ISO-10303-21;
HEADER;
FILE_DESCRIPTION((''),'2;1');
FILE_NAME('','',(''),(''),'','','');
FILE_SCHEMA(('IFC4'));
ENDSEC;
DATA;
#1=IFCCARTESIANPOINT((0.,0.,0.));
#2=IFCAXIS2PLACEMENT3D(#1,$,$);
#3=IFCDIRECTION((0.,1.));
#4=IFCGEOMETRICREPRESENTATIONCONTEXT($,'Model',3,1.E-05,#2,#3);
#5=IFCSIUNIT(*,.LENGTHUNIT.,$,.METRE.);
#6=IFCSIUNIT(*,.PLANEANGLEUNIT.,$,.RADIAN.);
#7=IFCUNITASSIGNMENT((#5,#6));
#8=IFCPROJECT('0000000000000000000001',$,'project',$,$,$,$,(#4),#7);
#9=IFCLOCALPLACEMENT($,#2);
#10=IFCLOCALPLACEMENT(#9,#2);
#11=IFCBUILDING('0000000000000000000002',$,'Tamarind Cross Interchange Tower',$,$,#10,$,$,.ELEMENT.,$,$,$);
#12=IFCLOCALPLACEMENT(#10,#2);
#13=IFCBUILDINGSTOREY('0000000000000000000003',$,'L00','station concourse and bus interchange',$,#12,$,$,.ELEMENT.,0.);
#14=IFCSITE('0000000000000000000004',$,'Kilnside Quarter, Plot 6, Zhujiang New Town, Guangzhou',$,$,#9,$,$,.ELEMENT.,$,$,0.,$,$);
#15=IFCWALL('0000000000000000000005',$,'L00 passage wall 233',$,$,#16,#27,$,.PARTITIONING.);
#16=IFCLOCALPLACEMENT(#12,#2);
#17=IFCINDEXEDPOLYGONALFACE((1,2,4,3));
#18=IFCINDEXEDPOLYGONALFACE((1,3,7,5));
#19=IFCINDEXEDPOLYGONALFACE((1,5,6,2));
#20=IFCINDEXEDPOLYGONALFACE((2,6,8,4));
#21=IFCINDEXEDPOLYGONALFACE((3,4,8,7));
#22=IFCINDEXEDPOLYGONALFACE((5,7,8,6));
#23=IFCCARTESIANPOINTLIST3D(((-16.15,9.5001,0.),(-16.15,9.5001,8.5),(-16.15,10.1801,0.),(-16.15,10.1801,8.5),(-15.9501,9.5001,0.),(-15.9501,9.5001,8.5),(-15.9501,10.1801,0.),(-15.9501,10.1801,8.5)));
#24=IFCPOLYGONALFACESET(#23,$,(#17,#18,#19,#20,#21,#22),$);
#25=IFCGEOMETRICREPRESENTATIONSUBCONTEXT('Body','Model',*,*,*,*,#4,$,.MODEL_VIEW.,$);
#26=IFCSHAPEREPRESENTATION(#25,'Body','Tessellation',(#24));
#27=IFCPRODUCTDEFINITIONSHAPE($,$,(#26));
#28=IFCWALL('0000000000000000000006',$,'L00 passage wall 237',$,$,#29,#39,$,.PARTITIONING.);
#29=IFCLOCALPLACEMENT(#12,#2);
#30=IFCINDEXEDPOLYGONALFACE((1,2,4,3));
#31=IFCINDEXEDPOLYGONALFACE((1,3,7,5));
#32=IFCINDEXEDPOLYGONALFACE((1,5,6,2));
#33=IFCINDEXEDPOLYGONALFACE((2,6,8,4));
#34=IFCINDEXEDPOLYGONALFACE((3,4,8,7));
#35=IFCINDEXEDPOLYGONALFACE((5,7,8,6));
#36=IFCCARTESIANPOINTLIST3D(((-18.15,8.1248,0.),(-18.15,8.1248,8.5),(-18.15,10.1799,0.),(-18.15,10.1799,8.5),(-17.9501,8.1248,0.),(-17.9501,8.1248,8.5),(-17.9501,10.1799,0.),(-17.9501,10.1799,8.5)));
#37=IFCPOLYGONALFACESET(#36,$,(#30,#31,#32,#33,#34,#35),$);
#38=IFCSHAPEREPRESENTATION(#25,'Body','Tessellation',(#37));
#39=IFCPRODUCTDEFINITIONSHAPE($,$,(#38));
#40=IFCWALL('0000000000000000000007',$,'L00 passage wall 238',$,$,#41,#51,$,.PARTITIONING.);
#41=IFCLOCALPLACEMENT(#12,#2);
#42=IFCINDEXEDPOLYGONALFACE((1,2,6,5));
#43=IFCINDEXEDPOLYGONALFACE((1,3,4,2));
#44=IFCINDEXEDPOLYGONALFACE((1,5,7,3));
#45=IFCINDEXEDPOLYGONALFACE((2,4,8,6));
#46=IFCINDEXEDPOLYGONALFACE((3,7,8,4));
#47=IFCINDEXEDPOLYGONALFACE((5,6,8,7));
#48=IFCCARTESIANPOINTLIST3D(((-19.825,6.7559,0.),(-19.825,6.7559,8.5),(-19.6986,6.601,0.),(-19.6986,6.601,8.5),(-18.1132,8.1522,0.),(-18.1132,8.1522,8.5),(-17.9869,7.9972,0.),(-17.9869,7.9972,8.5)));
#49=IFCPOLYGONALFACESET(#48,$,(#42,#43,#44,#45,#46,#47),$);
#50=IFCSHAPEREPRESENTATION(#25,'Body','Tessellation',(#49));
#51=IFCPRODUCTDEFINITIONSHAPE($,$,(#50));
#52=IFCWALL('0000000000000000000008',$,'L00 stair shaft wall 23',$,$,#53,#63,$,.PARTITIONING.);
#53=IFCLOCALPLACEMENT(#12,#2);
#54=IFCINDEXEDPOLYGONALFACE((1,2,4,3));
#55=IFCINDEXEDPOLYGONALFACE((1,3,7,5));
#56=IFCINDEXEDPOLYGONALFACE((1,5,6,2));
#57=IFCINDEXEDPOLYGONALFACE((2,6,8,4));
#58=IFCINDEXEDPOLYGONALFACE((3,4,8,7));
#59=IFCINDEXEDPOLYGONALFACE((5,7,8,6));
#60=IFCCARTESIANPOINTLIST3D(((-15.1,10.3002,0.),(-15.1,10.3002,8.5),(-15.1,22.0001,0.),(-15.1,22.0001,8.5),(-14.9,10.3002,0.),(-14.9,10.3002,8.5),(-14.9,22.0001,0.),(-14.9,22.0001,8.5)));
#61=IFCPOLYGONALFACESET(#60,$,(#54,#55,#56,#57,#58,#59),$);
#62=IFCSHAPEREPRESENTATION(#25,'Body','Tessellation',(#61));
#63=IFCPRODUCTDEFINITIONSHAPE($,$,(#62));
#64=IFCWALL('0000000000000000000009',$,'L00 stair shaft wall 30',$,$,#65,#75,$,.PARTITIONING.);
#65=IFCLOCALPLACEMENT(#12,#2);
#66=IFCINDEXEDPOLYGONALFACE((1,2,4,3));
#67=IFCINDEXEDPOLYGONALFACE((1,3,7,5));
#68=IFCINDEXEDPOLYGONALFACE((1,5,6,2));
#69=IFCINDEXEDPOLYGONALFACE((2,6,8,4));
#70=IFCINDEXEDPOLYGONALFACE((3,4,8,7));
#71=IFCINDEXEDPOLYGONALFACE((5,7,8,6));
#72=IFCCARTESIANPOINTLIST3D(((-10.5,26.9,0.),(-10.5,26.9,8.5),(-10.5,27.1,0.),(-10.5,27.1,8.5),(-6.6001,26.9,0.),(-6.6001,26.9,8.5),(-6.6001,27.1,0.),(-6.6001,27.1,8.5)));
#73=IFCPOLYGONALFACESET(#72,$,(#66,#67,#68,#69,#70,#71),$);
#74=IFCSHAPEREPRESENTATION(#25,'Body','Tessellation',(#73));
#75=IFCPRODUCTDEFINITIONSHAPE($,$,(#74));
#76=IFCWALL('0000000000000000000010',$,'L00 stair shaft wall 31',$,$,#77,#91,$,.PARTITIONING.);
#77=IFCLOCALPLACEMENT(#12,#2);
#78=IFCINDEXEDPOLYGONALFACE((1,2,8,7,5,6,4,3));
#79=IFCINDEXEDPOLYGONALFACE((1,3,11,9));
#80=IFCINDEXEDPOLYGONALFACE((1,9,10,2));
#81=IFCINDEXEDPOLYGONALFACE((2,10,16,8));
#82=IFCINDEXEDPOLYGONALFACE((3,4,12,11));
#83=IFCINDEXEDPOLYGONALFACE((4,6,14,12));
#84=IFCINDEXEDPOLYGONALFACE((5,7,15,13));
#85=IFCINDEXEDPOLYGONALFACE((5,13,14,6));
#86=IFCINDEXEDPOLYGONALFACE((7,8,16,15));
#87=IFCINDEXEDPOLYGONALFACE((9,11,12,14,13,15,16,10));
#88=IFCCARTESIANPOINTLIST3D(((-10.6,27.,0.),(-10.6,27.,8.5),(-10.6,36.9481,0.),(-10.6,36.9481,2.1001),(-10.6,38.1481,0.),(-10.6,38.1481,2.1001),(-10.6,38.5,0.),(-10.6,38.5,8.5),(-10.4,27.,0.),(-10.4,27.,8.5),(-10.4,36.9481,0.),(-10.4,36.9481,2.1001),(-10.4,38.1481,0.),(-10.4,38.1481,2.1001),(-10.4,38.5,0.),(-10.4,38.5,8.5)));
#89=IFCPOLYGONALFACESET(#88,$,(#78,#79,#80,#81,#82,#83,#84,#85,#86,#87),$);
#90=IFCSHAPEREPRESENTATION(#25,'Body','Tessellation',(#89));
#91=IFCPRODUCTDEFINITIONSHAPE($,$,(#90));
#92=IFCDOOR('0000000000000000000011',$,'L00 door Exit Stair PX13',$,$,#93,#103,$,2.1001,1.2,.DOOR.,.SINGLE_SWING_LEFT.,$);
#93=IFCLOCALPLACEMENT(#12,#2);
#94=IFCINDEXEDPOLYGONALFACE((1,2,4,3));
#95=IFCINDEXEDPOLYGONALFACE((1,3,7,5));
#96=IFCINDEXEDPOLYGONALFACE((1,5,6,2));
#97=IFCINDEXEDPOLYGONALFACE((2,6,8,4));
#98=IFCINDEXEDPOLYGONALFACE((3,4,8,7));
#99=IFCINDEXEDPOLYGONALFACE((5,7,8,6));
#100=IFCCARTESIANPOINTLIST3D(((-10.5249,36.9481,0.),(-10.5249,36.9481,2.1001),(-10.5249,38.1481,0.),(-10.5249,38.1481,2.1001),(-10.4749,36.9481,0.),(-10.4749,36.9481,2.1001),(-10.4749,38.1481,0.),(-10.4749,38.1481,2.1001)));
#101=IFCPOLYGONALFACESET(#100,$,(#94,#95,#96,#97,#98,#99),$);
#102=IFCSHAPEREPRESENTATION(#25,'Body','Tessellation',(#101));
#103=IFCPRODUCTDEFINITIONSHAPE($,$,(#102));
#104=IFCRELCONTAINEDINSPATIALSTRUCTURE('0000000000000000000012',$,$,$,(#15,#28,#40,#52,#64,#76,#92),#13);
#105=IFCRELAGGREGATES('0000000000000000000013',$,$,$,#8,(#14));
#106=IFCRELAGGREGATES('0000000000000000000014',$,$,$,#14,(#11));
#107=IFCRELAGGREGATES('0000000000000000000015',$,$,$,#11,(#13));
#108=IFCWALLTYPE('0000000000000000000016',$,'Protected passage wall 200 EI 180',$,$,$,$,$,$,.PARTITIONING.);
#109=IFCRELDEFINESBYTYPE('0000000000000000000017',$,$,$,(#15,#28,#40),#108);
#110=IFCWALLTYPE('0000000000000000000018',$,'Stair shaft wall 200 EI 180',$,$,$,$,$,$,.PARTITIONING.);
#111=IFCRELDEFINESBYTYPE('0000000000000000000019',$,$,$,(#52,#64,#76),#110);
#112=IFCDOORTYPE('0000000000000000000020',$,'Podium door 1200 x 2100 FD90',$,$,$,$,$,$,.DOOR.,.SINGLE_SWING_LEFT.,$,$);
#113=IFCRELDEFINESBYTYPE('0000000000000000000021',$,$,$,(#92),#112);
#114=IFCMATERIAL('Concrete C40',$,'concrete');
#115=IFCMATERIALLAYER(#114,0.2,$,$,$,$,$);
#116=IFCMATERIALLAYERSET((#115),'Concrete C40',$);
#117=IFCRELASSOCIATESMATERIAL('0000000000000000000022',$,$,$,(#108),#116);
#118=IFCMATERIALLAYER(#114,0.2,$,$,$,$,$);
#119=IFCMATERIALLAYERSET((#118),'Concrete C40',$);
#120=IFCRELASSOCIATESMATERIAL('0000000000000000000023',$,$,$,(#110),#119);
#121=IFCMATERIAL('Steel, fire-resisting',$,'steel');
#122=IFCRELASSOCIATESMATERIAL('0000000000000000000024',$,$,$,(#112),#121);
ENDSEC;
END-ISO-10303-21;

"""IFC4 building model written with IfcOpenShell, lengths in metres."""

from ifc_helpers import new_model, si_unit, direction, frame, frame_2d, origin, place, context, subcontext, project, spatial, rectangle, extrude, material, layer, layer_set, type_object, element, fill, save


model = new_model("IFC4")

# Units and contexts
model_context = context("Model", 3, precision=1e-05, world=origin(), true_north=direction((0.0, 1.0)))
body_context = subcontext(model_context, "Body", "Model", "MODEL_VIEW")
ifc_project = project(units=[si_unit("LENGTHUNIT", "METRE"), si_unit("PLANEANGLEUNIT", "RADIAN")], contexts=[model_context])

# Site, building, storey
site_placement = place(None, origin())
site = spatial("IfcSite", under=ifc_project, at=site_placement, Name="Kilnside Quarter, Plot 6, Zhujiang New Town, Guangzhou", CompositionType="ELEMENT", RefElevation=0.0)
building_placement = place(site_placement, origin())
building = spatial("IfcBuilding", under=site, at=building_placement, Name="Tamarind Cross Interchange Tower", CompositionType="ELEMENT")
storey_placement = place(building_placement, origin())
storey = spatial("IfcBuildingStorey", under=building, at=storey_placement, Name="L00", Description="station concourse and bus interchange", CompositionType="ELEMENT", Elevation=0.0)

# Shared definitions
ifc_material_1 = material(Name="Steel, fire-resisting", Category="steel")

# Walls
ifc_material_2 = material(Name="Concrete C40", Category="concrete")
ifc_layer_1 = layer(ifc_material_2, 0.2)
ifc_layer_set_1 = layer_set([ifc_layer_1], Name="Concrete C40")
wall_type_1 = type_object("IfcWallType", Name="Protected passage wall 200 EI 180", PredefinedType="PARTITIONING", material=ifc_layer_set_1)
wall_1_placement = place(storey_placement, frame((-16.05, 10.1799, 0.0), z_axis=(0.0, 0.0, 1.0), x_axis=(0.0, -1.0, 0.0)))
element("IfcWall", 1, at=wall_1_placement, inside=storey, type_object=wall_type_1, Name="L00 passage wall 233", PredefinedType="PARTITIONING", context=body_context, shape_type="SweptSolid", body=[
    extrude(rectangle(XDim=0.6799, YDim=0.2, at=frame_2d((0.3398, 0.0))), origin(), (0.0, 0.0, 1.0), 8.5),
])
wall_2_placement = place(storey_placement, frame((-18.05, 10.1799, 0.0), z_axis=(0.0, 0.0, 1.0), x_axis=(0.0, -1.0, 0.0)))
element("IfcWall", 2, at=wall_2_placement, inside=storey, type_object=wall_type_1, Name="L00 passage wall 237", PredefinedType="PARTITIONING", context=body_context, shape_type="SweptSolid", body=[
    extrude(rectangle(XDim=2.0552, YDim=0.2, at=frame_2d((1.0276, 0.0))), origin(), (0.0, 0.0, 1.0), 8.5),
])
wall_3_placement = place(storey_placement, frame((-18.05, 8.0747, 0.0), z_axis=(0.0, 0.0, 1.0), x_axis=(-0.774892, -0.632094, 0.0)))
element("IfcWall", 3, at=wall_3_placement, inside=storey, type_object=wall_type_1, Name="L00 passage wall 238", PredefinedType="PARTITIONING", context=body_context, shape_type="SweptSolid", body=[
    extrude(rectangle(XDim=2.209, YDim=0.2, at=frame_2d((1.1045, 0.0))), origin(), (0.0, 0.0, 1.0), 8.5),
])
ifc_layer_2 = layer(ifc_material_2, 0.2)
ifc_layer_set_2 = layer_set([ifc_layer_2], Name="Concrete C40")
wall_type_2 = type_object("IfcWallType", Name="Stair shaft wall 200 EI 180", PredefinedType="PARTITIONING", material=ifc_layer_set_2)
wall_4_placement = place(storey_placement, frame((-15.0, 10.3, 0.0), z_axis=(0.0, 0.0, 1.0), x_axis=(0.0, 1.0, 0.0)))
element("IfcWall", 4, at=wall_4_placement, inside=storey, type_object=wall_type_2, Name="L00 stair shaft wall 23", PredefinedType="PARTITIONING", context=body_context, shape_type="SweptSolid", body=[
    extrude(rectangle(XDim=11.7, YDim=0.2, at=frame_2d((5.8501, 0.0))), origin(), (0.0, 0.0, 1.0), 8.5),
])
wall_5_placement = place(storey_placement, frame((-10.5, 27.0, 0.0), z_axis=(0.0, 0.0, 1.0), x_axis=(1.0, 0.0, 0.0)))
element("IfcWall", 5, at=wall_5_placement, inside=storey, type_object=wall_type_2, Name="L00 stair shaft wall 30", PredefinedType="PARTITIONING", context=body_context, shape_type="SweptSolid", body=[
    extrude(rectangle(XDim=3.8999, YDim=0.2, at=frame_2d((1.95, 0.0))), origin(), (0.0, 0.0, 1.0), 8.5),
])

# Wall, opening, door
wall_6_placement = place(storey_placement, frame((-10.5, 27.0, 0.0), z_axis=(0.0, 0.0, 1.0), x_axis=(0.0, 1.0, 0.0)))
wall_6 = element("IfcWall", 6, at=wall_6_placement, inside=storey, type_object=wall_type_2, Name="L00 stair shaft wall 31", PredefinedType="PARTITIONING", context=body_context, shape_type="SweptSolid", body=[
    extrude(rectangle(XDim=11.5, YDim=0.2, at=frame_2d((5.75, 0.0))), origin(), (0.0, 0.0, 1.0), 8.5),
])
opening_1_placement = place(wall_6_placement, frame((9.948, 0.0, 0.0)))
opening_1 = element("IfcOpeningElement", 7, at=opening_1_placement, cuts=wall_6, PredefinedType="OPENING", context=body_context, shape_type="SweptSolid", body=[
    extrude(rectangle(XDim=1.2, YDim=2.1001, at=frame_2d((0.6001, 1.05))), frame((0.0, 0.1099, 0.0), z_axis=(0.0, -1.0, 0.0), x_axis=(1.0, 0.0, 0.0)), (0.0, 0.0, 1.0), 0.22),
])
door_type_1 = type_object("IfcDoorType", Name="Podium door 1200 x 2100 FD90", OperationType="SINGLE_SWING_LEFT", PredefinedType="DOOR", material=ifc_material_1)
door_1_placement = place(opening_1_placement, origin())
door_1 = element("IfcDoor", 8, at=door_1_placement, inside=storey, type_object=door_type_1, Name="L00 door Exit Stair PX13", OperationType="SINGLE_SWING_LEFT", OverallHeight=2.1001, OverallWidth=1.2, PredefinedType="DOOR", context=body_context, shape_type="SweptSolid", body=[
    extrude(rectangle(XDim=1.2, YDim=2.1001, at=frame_2d((0.6001, 1.05))), frame((0.0, 0.0249, 0.0), z_axis=(0.0, -1.0, 0.0), x_axis=(1.0, 0.0, 0.0)), (0.0, 0.0, 1.0), 0.05),
])
fill(opening_1, door_1)

save(model, "model.ifc")
